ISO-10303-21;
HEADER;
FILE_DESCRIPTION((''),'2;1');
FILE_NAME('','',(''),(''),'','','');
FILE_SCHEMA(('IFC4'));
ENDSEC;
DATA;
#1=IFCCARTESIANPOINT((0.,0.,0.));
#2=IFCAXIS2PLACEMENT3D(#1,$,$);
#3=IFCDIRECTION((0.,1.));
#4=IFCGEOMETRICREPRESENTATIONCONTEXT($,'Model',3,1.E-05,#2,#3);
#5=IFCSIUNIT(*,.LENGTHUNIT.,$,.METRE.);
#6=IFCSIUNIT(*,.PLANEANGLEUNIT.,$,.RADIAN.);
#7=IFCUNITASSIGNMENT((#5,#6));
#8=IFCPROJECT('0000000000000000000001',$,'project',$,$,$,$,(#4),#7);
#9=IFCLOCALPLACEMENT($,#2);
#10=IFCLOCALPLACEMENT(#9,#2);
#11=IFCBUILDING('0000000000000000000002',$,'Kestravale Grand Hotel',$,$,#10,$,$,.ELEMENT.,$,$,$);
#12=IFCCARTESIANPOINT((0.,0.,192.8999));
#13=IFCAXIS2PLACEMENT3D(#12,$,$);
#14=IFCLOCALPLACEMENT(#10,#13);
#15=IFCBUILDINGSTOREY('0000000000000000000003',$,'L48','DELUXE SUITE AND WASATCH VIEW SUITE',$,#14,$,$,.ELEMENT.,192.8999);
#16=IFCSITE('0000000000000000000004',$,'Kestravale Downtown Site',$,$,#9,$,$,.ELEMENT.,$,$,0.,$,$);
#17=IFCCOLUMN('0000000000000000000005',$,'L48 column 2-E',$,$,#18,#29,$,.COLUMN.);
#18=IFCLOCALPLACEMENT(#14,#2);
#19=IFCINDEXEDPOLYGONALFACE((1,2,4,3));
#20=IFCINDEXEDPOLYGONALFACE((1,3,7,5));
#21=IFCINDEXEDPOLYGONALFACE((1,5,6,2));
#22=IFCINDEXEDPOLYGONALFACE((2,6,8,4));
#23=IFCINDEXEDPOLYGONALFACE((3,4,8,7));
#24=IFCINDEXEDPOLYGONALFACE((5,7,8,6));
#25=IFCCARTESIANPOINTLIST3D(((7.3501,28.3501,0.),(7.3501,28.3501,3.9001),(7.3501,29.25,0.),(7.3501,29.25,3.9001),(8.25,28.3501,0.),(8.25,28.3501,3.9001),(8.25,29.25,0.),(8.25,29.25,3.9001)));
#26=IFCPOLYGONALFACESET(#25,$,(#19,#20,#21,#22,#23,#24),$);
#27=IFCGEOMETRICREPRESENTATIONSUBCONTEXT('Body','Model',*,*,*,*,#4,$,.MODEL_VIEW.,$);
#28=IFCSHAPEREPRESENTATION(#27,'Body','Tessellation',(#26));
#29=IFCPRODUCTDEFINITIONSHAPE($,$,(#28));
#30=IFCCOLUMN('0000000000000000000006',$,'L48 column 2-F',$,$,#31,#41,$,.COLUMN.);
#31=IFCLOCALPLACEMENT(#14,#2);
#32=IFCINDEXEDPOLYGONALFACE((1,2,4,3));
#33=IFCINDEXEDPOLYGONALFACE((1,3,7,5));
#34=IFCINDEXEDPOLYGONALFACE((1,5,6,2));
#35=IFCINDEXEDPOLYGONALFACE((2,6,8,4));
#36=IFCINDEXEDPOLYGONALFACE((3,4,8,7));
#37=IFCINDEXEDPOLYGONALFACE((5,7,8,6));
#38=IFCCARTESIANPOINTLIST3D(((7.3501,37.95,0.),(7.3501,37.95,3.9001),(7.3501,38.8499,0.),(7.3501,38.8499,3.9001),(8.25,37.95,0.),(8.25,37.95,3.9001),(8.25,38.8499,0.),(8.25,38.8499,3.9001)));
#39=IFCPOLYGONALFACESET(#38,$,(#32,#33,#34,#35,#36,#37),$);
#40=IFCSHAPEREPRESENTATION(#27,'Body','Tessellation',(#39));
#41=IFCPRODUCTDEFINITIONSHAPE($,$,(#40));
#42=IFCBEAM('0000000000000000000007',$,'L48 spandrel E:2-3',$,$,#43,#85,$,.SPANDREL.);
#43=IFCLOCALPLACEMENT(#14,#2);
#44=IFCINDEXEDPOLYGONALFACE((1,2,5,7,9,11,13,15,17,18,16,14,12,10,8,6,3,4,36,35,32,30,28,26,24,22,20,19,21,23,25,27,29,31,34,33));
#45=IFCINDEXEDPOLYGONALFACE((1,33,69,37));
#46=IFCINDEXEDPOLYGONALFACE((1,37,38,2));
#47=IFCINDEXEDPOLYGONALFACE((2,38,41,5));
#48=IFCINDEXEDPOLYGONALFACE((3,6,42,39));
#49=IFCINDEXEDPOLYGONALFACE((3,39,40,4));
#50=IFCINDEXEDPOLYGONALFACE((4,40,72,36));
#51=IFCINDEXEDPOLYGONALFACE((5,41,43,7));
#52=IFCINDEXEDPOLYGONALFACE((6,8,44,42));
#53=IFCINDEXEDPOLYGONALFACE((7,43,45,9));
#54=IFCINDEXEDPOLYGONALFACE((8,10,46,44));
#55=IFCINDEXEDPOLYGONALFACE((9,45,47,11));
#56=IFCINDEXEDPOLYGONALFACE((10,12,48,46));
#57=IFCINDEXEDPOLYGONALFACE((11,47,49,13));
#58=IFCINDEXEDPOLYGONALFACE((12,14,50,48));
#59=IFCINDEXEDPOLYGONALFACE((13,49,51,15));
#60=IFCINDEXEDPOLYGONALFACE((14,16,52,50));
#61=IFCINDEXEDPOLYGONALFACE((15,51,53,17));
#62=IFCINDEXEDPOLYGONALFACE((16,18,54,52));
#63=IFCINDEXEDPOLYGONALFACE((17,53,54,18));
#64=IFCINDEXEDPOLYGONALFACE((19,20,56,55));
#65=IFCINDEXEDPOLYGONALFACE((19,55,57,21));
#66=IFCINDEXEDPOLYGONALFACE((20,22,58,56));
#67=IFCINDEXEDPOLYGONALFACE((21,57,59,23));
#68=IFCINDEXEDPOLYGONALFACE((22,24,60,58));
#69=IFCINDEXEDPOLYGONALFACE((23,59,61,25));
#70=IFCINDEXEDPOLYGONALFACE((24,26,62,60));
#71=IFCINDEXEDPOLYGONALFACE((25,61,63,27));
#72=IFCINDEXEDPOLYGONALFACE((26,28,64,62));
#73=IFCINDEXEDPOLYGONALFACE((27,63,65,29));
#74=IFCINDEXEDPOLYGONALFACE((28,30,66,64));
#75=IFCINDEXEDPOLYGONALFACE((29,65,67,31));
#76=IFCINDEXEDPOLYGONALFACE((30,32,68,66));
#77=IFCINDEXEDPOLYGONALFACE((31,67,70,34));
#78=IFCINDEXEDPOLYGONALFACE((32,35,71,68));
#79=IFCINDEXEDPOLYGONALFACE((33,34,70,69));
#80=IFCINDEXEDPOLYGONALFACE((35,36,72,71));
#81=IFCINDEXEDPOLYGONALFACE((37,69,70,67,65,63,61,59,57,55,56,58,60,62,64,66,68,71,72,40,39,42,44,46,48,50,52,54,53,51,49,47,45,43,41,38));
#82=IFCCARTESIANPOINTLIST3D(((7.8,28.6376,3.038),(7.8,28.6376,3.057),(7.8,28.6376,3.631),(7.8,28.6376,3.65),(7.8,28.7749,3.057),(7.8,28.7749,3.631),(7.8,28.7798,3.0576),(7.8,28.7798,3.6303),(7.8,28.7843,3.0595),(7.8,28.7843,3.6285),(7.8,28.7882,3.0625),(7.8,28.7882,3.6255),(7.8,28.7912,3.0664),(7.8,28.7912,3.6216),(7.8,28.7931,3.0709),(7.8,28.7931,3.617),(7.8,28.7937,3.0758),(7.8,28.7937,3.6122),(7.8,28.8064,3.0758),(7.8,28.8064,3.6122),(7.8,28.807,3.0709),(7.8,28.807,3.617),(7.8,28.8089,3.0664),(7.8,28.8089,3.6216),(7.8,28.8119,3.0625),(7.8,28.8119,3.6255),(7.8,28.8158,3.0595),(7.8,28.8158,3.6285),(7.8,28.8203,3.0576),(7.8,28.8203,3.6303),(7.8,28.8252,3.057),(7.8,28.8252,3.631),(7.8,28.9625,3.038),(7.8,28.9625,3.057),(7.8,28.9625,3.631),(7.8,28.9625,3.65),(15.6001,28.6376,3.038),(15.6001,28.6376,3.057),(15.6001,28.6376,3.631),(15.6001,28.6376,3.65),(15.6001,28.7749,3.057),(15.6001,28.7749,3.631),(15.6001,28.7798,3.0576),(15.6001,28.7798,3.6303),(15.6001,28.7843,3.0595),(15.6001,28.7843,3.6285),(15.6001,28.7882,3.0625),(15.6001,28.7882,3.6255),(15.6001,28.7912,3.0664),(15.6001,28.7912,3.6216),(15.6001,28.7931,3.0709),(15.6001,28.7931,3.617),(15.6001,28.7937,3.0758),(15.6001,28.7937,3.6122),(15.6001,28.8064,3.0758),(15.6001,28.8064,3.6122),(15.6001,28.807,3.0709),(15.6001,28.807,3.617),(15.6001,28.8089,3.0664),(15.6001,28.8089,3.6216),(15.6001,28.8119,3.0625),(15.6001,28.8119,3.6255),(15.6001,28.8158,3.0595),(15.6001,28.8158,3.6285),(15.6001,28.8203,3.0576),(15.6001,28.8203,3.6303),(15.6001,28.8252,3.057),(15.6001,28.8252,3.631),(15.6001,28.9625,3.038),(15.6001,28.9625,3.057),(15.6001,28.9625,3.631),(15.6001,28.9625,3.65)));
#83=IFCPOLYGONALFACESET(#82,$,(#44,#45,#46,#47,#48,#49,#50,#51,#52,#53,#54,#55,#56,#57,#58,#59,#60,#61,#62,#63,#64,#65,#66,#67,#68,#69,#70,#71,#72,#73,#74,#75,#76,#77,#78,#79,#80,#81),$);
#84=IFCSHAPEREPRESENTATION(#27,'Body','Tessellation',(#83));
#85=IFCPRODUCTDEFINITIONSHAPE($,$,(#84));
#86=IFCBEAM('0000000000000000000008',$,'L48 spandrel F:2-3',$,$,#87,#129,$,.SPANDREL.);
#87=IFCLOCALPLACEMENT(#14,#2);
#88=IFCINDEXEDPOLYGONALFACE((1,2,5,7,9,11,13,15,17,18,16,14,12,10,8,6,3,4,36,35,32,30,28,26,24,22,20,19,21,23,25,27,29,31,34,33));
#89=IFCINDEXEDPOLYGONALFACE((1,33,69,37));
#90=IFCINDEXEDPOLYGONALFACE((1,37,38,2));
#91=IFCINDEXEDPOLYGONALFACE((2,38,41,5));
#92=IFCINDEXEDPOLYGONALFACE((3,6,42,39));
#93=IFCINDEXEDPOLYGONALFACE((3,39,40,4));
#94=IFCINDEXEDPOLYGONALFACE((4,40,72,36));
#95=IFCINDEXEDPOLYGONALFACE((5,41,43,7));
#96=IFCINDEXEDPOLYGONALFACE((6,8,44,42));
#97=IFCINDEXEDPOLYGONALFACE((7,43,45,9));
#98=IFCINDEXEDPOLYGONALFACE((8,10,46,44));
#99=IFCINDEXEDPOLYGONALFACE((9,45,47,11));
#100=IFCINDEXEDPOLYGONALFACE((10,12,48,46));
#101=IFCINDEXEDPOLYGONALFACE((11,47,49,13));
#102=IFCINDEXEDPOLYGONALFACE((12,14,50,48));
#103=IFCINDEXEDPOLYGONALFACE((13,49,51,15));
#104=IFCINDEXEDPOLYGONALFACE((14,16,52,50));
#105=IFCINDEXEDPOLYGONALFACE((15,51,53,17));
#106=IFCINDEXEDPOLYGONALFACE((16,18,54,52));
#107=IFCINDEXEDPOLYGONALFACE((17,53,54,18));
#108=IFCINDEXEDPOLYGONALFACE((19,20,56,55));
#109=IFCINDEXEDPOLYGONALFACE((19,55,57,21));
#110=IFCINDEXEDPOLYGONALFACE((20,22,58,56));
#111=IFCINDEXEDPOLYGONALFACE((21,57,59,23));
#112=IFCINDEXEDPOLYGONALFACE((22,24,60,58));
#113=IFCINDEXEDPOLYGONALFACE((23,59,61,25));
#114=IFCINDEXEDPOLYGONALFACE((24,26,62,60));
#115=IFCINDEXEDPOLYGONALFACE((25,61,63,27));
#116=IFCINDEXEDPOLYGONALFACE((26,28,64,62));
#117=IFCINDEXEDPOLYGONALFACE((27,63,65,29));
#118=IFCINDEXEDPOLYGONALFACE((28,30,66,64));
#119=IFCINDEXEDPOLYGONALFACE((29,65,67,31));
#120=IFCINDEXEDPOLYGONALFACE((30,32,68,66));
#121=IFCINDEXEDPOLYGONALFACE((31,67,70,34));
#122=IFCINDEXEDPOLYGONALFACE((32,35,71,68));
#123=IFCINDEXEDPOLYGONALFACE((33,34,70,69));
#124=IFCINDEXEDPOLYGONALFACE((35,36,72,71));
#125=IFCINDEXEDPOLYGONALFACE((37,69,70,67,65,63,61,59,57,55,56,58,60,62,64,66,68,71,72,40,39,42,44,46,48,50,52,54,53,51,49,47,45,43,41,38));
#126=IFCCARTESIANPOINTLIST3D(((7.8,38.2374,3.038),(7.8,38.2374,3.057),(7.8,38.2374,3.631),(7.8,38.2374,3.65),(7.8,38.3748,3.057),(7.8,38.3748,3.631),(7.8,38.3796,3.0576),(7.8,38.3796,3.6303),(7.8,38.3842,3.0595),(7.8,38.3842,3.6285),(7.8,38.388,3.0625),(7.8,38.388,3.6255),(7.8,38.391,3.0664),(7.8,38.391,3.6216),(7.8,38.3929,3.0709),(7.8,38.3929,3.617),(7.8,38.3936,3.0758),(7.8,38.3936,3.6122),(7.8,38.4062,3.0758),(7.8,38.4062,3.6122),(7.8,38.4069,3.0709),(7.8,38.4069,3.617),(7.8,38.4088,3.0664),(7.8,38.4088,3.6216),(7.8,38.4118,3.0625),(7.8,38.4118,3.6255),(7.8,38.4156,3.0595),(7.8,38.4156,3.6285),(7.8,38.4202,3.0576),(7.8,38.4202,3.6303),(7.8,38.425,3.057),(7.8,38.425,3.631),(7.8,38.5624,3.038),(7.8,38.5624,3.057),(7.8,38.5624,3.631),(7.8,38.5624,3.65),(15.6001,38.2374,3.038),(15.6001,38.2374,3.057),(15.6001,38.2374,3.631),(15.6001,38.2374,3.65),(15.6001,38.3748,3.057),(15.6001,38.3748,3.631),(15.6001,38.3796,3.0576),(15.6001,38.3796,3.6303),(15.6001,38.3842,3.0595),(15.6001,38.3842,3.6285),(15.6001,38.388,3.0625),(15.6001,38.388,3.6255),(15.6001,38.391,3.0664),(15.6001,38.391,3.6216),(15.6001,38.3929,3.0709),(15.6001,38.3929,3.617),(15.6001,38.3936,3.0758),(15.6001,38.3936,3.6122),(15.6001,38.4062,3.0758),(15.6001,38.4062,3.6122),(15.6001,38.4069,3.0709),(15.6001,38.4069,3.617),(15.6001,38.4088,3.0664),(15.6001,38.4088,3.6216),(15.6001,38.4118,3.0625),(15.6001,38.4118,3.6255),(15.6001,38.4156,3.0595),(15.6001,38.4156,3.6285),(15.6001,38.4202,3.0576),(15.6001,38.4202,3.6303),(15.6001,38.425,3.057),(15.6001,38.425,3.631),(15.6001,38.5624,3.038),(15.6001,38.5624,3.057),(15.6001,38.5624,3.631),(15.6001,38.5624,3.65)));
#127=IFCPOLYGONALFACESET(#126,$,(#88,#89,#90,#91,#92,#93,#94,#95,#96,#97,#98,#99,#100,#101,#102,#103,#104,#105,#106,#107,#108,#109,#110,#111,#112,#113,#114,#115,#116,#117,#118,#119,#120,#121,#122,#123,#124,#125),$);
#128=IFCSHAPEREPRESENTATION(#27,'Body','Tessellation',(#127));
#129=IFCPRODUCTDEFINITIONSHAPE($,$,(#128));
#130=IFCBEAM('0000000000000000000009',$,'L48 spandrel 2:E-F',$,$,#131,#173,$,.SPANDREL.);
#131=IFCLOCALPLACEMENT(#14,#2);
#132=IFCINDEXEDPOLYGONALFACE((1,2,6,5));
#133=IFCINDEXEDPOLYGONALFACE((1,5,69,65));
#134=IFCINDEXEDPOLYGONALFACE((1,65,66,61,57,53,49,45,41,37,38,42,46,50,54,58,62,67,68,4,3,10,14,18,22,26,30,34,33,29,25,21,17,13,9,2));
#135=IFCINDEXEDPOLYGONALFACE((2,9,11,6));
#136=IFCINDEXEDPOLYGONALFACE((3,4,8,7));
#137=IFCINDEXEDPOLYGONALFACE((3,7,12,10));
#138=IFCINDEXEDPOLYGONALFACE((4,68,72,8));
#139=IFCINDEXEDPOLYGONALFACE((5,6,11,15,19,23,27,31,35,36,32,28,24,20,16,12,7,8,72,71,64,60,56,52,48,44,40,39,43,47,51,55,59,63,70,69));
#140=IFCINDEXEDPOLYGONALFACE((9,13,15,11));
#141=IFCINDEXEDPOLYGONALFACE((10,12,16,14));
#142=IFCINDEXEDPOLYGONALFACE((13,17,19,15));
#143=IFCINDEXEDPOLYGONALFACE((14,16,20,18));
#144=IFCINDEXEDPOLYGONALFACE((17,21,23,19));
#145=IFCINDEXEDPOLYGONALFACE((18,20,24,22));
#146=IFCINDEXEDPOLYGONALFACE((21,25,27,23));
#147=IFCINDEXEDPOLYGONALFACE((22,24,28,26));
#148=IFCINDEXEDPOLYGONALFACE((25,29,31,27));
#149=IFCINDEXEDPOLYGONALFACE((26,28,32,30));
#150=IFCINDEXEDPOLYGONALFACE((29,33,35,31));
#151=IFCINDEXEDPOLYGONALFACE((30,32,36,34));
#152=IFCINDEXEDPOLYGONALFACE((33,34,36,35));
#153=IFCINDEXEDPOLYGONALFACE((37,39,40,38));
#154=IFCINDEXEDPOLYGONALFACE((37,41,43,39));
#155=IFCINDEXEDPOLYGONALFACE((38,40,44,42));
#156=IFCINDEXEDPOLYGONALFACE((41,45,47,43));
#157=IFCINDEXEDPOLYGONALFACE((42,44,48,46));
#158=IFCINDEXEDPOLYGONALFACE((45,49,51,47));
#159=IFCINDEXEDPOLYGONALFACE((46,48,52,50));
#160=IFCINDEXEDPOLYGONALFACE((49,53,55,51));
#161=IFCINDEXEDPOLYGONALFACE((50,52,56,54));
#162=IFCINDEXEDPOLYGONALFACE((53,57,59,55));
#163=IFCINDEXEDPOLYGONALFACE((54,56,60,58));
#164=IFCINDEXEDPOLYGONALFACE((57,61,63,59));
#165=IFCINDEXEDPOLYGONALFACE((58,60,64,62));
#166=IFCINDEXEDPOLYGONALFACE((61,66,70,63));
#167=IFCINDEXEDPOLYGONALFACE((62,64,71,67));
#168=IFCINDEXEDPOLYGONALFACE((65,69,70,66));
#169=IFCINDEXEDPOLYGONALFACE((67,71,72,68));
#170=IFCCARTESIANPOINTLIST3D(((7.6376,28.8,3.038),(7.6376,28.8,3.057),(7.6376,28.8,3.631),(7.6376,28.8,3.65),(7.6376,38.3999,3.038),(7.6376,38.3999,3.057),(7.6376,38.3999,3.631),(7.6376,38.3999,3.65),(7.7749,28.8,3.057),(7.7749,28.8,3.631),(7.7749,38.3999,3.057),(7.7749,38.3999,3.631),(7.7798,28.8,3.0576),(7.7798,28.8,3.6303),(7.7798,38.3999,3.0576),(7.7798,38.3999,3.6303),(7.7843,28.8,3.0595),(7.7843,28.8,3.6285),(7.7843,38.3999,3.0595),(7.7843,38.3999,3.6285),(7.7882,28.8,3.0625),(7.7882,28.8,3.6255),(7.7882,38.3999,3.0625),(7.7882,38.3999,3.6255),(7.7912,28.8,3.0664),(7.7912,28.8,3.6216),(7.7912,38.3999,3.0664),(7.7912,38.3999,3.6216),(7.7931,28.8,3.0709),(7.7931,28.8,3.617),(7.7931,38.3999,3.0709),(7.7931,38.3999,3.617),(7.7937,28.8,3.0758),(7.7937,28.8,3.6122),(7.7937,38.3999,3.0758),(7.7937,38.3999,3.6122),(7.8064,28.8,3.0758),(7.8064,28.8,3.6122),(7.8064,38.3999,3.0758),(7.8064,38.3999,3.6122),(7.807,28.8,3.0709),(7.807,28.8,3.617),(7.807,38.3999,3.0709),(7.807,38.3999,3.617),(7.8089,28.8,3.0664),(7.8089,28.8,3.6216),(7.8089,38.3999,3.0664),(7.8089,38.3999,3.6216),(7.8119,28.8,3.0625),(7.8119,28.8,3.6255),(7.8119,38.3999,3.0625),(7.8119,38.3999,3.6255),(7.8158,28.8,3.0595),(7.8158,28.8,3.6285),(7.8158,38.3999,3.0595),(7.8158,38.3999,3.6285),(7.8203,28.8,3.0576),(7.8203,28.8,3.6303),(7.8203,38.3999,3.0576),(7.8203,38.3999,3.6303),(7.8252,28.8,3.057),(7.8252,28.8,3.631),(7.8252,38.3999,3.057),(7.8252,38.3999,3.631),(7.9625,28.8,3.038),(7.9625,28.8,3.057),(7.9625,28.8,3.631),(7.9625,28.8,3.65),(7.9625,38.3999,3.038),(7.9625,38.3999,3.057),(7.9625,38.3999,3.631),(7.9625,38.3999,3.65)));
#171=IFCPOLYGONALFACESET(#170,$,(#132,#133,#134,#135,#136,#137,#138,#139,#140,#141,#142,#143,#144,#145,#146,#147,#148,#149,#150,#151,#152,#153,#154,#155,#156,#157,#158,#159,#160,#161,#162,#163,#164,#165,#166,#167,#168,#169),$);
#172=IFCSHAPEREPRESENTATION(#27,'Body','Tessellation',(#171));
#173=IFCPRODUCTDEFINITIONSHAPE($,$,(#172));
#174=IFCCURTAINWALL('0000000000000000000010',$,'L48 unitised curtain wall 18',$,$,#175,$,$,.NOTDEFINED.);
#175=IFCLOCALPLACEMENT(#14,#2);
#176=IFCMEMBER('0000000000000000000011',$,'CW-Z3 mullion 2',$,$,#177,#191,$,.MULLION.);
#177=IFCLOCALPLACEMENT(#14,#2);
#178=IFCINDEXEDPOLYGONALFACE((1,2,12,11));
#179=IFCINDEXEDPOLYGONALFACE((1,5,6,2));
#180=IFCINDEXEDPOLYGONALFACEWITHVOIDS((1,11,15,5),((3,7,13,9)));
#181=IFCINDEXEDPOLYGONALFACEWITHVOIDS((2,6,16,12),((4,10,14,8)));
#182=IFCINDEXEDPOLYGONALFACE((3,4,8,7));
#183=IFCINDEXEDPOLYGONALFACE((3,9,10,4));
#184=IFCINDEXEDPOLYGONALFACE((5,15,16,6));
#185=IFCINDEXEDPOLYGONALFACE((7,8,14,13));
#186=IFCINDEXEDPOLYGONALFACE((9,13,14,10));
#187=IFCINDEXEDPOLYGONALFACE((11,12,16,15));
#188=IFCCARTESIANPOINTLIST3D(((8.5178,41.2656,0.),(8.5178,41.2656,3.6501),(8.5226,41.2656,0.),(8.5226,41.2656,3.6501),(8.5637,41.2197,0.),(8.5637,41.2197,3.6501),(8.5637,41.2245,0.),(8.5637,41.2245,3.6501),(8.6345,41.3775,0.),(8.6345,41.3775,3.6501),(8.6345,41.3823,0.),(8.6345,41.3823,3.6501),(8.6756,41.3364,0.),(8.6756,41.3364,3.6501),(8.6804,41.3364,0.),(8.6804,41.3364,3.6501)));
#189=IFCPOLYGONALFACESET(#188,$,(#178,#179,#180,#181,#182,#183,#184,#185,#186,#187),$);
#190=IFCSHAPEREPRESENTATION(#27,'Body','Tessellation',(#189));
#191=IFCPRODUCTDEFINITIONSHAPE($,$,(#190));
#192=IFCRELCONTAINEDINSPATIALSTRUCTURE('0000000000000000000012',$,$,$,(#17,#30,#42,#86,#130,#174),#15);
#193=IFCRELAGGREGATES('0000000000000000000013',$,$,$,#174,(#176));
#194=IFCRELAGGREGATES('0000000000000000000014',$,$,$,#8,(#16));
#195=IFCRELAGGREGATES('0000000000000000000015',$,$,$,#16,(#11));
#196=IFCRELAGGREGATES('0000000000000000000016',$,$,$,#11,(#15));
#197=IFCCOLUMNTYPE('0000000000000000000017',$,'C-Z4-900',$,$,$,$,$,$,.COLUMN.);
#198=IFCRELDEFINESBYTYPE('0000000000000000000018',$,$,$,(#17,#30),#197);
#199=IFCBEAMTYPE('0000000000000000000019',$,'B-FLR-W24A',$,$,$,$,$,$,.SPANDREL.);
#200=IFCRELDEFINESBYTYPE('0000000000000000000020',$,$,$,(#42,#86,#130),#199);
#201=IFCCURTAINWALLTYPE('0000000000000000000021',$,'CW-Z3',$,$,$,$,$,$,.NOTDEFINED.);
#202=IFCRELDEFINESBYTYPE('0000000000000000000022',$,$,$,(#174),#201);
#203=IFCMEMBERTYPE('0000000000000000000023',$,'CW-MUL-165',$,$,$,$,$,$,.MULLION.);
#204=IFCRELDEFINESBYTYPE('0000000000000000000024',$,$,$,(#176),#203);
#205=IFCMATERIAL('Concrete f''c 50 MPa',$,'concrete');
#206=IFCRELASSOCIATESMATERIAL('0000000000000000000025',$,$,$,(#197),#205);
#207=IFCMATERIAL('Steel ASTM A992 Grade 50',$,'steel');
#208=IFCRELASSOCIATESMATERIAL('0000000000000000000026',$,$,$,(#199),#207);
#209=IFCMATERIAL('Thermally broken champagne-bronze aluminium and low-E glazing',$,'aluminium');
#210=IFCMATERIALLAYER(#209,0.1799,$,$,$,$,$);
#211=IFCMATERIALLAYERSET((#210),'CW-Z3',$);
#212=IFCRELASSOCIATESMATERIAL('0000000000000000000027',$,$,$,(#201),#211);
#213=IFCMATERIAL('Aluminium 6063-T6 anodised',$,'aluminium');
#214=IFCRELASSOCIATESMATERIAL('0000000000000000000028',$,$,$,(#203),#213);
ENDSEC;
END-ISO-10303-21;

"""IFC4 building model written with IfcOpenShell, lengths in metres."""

from ifc_helpers import new_model, si_unit, direction, frame, origin, origin_2d, place, context, subcontext, project, spatial, rectangle, hollow_rectangle, i_section, extrude, material, layer, layer_set, material_profile, profile_set, type_object, element, aggregate, save


model = new_model("IFC4")

# Units and contexts
model_context = context("Model", 3, precision=1e-05, world=origin(), true_north=direction((0.0, 1.0)))
body_context = subcontext(model_context, "Body", "Model", "MODEL_VIEW")
ifc_project = project(units=[si_unit("LENGTHUNIT", "METRE"), si_unit("PLANEANGLEUNIT", "RADIAN")], contexts=[model_context])

# Site, building, storey
site_placement = place(None, origin())
site = spatial("IfcSite", under=ifc_project, at=site_placement, Name="Kestravale Downtown Site", CompositionType="ELEMENT", RefElevation=0.0)
building_placement = place(site_placement, origin())
building = spatial("IfcBuilding", under=site, at=building_placement, Name="Kestravale Grand Hotel", CompositionType="ELEMENT")
storey_placement = place(building_placement, frame((0.0, 0.0, 192.8999)))
storey = spatial("IfcBuildingStorey", under=building, at=storey_placement, Name="L48", Description="DELUXE SUITE AND WASATCH VIEW SUITE", CompositionType="ELEMENT", Elevation=192.8999)

# Columns
ifc_material_1 = material(Name="Concrete f'c 50 MPa", Category="concrete")
ifc_material_profile_1 = material_profile(ifc_material_1, rectangle(XDim=0.8999, YDim=0.8999, at=origin_2d()))
ifc_profile_set_1 = profile_set([ifc_material_profile_1], Name="Concrete f'c 50 MPa")
column_type = type_object("IfcColumnType", Name="C-Z4-900", PredefinedType="COLUMN", material=ifc_profile_set_1)
for number, where, z_axis, x_axis, name in (
    (1, (7.8, 28.8, 0.0), (0.0, 0.0, 1.0), (1.0, 0.0, 0.0), "L48 column 2-E"),
    (2, (7.8, 38.3999, 0.0), (0.0, 0.0, 1.0), (1.0, 0.0, 0.0), "L48 column 2-F"),
):
    element("IfcColumn", number, at=place(storey_placement, frame(where, z_axis=z_axis, x_axis=x_axis)), inside=storey, type_object=column_type, Name=name, PredefinedType="COLUMN", context=body_context, shape_type="SweptSolid", body=[
        extrude(rectangle(XDim=0.8999, YDim=0.8999, at=origin_2d()), origin(), (0.0, 0.0, 1.0), 3.9001),
    ])

# Beams
ifc_material_2 = material(Name="Steel ASTM A992 Grade 50", Category="steel")
ifc_material_profile_2 = material_profile(ifc_material_2, i_section(OverallWidth=0.325, OverallDepth=0.6121, WebThickness=0.0127, FlangeThickness=0.019, FilletRadius=0.0188, at=origin_2d()))
ifc_profile_set_2 = profile_set([ifc_material_profile_2], Name="Steel ASTM A992 Grade 50")
beam_type = type_object("IfcBeamType", Name="B-FLR-W24A", PredefinedType="SPANDREL", material=ifc_profile_set_2)
for number, where, z_axis, x_axis, name in (
    (3, (7.8, 28.8, 3.344), (1.0, 0.0, 0.0), (0.0, 1.0, 0.0), "L48 spandrel E:2-3"),
    (4, (7.8, 38.3999, 3.344), (1.0, 0.0, 0.0), (0.0, 1.0, 0.0), "L48 spandrel F:2-3"),
):
    element("IfcBeam", number, at=place(storey_placement, frame(where, z_axis=z_axis, x_axis=x_axis)), inside=storey, type_object=beam_type, Name=name, PredefinedType="SPANDREL", context=body_context, shape_type="SweptSolid", body=[
        extrude(i_section(OverallWidth=0.325, OverallDepth=0.6121, WebThickness=0.0127, FlangeThickness=0.019, FilletRadius=0.0188, at=origin_2d()), origin(), (0.0, 0.0, 1.0), 7.8),
    ])
beam_placement = place(storey_placement, frame((7.8, 28.8, 3.344), z_axis=(0.0, 1.0, 0.0), x_axis=(-1.0, 0.0, 0.0)))
element("IfcBeam", 5, at=beam_placement, inside=storey, type_object=beam_type, Name="L48 spandrel 2:E-F", PredefinedType="SPANDREL", context=body_context, shape_type="SweptSolid", body=[
    extrude(i_section(OverallWidth=0.325, OverallDepth=0.6121, WebThickness=0.0127, FlangeThickness=0.019, FilletRadius=0.0188, at=origin_2d()), origin(), (0.0, 0.0, 1.0), 9.5999),
])

# Curtain wall, member
ifc_material_3 = material(Name="Thermally broken champagne-bronze aluminium and low-E glazing", Category="aluminium")
ifc_layer_1 = layer(ifc_material_3, 0.1799)
ifc_layer_set_1 = layer_set([ifc_layer_1], Name="CW-Z3")
curtain_wall_type = type_object("IfcCurtainWallType", Name="CW-Z3", PredefinedType="NOTDEFINED", material=ifc_layer_set_1)
curtain_wall_placement = place(storey_placement, origin())
curtain_wall = element("IfcCurtainWall", 6, at=curtain_wall_placement, inside=storey, type_object=curtain_wall_type, Name="L48 unitised curtain wall 18", PredefinedType="NOTDEFINED")
ifc_material_4 = material(Name="Aluminium 6063-T6 anodised", Category="aluminium")
ifc_material_profile_3 = material_profile(ifc_material_4, hollow_rectangle(XDim=0.0649, YDim=0.165, WallThickness=0.0034, at=origin_2d()))
ifc_profile_set_3 = profile_set([ifc_material_profile_3], Name="Aluminium 6063-T6 anodised")
member_type_1 = type_object("IfcMemberType", Name="CW-MUL-165", PredefinedType="MULLION", material=ifc_profile_set_3)
member_1_placement = place(storey_placement, frame((8.5991, 41.301, 0.0), z_axis=(0.0, 0.0, 1.0), x_axis=(0.707107, -0.707107, 0.0)))
member_1 = element("IfcMember", 7, at=member_1_placement, type_object=member_type_1, Name="CW-Z3 mullion 2", PredefinedType="MULLION", context=body_context, shape_type="SweptSolid", body=[
    extrude(hollow_rectangle(XDim=0.0649, YDim=0.165, WallThickness=0.0034, at=origin_2d()), origin(), (0.0, 0.0, 1.0), 3.6501),
])
aggregate(curtain_wall, [member_1])

save(model, "model.ifc")
